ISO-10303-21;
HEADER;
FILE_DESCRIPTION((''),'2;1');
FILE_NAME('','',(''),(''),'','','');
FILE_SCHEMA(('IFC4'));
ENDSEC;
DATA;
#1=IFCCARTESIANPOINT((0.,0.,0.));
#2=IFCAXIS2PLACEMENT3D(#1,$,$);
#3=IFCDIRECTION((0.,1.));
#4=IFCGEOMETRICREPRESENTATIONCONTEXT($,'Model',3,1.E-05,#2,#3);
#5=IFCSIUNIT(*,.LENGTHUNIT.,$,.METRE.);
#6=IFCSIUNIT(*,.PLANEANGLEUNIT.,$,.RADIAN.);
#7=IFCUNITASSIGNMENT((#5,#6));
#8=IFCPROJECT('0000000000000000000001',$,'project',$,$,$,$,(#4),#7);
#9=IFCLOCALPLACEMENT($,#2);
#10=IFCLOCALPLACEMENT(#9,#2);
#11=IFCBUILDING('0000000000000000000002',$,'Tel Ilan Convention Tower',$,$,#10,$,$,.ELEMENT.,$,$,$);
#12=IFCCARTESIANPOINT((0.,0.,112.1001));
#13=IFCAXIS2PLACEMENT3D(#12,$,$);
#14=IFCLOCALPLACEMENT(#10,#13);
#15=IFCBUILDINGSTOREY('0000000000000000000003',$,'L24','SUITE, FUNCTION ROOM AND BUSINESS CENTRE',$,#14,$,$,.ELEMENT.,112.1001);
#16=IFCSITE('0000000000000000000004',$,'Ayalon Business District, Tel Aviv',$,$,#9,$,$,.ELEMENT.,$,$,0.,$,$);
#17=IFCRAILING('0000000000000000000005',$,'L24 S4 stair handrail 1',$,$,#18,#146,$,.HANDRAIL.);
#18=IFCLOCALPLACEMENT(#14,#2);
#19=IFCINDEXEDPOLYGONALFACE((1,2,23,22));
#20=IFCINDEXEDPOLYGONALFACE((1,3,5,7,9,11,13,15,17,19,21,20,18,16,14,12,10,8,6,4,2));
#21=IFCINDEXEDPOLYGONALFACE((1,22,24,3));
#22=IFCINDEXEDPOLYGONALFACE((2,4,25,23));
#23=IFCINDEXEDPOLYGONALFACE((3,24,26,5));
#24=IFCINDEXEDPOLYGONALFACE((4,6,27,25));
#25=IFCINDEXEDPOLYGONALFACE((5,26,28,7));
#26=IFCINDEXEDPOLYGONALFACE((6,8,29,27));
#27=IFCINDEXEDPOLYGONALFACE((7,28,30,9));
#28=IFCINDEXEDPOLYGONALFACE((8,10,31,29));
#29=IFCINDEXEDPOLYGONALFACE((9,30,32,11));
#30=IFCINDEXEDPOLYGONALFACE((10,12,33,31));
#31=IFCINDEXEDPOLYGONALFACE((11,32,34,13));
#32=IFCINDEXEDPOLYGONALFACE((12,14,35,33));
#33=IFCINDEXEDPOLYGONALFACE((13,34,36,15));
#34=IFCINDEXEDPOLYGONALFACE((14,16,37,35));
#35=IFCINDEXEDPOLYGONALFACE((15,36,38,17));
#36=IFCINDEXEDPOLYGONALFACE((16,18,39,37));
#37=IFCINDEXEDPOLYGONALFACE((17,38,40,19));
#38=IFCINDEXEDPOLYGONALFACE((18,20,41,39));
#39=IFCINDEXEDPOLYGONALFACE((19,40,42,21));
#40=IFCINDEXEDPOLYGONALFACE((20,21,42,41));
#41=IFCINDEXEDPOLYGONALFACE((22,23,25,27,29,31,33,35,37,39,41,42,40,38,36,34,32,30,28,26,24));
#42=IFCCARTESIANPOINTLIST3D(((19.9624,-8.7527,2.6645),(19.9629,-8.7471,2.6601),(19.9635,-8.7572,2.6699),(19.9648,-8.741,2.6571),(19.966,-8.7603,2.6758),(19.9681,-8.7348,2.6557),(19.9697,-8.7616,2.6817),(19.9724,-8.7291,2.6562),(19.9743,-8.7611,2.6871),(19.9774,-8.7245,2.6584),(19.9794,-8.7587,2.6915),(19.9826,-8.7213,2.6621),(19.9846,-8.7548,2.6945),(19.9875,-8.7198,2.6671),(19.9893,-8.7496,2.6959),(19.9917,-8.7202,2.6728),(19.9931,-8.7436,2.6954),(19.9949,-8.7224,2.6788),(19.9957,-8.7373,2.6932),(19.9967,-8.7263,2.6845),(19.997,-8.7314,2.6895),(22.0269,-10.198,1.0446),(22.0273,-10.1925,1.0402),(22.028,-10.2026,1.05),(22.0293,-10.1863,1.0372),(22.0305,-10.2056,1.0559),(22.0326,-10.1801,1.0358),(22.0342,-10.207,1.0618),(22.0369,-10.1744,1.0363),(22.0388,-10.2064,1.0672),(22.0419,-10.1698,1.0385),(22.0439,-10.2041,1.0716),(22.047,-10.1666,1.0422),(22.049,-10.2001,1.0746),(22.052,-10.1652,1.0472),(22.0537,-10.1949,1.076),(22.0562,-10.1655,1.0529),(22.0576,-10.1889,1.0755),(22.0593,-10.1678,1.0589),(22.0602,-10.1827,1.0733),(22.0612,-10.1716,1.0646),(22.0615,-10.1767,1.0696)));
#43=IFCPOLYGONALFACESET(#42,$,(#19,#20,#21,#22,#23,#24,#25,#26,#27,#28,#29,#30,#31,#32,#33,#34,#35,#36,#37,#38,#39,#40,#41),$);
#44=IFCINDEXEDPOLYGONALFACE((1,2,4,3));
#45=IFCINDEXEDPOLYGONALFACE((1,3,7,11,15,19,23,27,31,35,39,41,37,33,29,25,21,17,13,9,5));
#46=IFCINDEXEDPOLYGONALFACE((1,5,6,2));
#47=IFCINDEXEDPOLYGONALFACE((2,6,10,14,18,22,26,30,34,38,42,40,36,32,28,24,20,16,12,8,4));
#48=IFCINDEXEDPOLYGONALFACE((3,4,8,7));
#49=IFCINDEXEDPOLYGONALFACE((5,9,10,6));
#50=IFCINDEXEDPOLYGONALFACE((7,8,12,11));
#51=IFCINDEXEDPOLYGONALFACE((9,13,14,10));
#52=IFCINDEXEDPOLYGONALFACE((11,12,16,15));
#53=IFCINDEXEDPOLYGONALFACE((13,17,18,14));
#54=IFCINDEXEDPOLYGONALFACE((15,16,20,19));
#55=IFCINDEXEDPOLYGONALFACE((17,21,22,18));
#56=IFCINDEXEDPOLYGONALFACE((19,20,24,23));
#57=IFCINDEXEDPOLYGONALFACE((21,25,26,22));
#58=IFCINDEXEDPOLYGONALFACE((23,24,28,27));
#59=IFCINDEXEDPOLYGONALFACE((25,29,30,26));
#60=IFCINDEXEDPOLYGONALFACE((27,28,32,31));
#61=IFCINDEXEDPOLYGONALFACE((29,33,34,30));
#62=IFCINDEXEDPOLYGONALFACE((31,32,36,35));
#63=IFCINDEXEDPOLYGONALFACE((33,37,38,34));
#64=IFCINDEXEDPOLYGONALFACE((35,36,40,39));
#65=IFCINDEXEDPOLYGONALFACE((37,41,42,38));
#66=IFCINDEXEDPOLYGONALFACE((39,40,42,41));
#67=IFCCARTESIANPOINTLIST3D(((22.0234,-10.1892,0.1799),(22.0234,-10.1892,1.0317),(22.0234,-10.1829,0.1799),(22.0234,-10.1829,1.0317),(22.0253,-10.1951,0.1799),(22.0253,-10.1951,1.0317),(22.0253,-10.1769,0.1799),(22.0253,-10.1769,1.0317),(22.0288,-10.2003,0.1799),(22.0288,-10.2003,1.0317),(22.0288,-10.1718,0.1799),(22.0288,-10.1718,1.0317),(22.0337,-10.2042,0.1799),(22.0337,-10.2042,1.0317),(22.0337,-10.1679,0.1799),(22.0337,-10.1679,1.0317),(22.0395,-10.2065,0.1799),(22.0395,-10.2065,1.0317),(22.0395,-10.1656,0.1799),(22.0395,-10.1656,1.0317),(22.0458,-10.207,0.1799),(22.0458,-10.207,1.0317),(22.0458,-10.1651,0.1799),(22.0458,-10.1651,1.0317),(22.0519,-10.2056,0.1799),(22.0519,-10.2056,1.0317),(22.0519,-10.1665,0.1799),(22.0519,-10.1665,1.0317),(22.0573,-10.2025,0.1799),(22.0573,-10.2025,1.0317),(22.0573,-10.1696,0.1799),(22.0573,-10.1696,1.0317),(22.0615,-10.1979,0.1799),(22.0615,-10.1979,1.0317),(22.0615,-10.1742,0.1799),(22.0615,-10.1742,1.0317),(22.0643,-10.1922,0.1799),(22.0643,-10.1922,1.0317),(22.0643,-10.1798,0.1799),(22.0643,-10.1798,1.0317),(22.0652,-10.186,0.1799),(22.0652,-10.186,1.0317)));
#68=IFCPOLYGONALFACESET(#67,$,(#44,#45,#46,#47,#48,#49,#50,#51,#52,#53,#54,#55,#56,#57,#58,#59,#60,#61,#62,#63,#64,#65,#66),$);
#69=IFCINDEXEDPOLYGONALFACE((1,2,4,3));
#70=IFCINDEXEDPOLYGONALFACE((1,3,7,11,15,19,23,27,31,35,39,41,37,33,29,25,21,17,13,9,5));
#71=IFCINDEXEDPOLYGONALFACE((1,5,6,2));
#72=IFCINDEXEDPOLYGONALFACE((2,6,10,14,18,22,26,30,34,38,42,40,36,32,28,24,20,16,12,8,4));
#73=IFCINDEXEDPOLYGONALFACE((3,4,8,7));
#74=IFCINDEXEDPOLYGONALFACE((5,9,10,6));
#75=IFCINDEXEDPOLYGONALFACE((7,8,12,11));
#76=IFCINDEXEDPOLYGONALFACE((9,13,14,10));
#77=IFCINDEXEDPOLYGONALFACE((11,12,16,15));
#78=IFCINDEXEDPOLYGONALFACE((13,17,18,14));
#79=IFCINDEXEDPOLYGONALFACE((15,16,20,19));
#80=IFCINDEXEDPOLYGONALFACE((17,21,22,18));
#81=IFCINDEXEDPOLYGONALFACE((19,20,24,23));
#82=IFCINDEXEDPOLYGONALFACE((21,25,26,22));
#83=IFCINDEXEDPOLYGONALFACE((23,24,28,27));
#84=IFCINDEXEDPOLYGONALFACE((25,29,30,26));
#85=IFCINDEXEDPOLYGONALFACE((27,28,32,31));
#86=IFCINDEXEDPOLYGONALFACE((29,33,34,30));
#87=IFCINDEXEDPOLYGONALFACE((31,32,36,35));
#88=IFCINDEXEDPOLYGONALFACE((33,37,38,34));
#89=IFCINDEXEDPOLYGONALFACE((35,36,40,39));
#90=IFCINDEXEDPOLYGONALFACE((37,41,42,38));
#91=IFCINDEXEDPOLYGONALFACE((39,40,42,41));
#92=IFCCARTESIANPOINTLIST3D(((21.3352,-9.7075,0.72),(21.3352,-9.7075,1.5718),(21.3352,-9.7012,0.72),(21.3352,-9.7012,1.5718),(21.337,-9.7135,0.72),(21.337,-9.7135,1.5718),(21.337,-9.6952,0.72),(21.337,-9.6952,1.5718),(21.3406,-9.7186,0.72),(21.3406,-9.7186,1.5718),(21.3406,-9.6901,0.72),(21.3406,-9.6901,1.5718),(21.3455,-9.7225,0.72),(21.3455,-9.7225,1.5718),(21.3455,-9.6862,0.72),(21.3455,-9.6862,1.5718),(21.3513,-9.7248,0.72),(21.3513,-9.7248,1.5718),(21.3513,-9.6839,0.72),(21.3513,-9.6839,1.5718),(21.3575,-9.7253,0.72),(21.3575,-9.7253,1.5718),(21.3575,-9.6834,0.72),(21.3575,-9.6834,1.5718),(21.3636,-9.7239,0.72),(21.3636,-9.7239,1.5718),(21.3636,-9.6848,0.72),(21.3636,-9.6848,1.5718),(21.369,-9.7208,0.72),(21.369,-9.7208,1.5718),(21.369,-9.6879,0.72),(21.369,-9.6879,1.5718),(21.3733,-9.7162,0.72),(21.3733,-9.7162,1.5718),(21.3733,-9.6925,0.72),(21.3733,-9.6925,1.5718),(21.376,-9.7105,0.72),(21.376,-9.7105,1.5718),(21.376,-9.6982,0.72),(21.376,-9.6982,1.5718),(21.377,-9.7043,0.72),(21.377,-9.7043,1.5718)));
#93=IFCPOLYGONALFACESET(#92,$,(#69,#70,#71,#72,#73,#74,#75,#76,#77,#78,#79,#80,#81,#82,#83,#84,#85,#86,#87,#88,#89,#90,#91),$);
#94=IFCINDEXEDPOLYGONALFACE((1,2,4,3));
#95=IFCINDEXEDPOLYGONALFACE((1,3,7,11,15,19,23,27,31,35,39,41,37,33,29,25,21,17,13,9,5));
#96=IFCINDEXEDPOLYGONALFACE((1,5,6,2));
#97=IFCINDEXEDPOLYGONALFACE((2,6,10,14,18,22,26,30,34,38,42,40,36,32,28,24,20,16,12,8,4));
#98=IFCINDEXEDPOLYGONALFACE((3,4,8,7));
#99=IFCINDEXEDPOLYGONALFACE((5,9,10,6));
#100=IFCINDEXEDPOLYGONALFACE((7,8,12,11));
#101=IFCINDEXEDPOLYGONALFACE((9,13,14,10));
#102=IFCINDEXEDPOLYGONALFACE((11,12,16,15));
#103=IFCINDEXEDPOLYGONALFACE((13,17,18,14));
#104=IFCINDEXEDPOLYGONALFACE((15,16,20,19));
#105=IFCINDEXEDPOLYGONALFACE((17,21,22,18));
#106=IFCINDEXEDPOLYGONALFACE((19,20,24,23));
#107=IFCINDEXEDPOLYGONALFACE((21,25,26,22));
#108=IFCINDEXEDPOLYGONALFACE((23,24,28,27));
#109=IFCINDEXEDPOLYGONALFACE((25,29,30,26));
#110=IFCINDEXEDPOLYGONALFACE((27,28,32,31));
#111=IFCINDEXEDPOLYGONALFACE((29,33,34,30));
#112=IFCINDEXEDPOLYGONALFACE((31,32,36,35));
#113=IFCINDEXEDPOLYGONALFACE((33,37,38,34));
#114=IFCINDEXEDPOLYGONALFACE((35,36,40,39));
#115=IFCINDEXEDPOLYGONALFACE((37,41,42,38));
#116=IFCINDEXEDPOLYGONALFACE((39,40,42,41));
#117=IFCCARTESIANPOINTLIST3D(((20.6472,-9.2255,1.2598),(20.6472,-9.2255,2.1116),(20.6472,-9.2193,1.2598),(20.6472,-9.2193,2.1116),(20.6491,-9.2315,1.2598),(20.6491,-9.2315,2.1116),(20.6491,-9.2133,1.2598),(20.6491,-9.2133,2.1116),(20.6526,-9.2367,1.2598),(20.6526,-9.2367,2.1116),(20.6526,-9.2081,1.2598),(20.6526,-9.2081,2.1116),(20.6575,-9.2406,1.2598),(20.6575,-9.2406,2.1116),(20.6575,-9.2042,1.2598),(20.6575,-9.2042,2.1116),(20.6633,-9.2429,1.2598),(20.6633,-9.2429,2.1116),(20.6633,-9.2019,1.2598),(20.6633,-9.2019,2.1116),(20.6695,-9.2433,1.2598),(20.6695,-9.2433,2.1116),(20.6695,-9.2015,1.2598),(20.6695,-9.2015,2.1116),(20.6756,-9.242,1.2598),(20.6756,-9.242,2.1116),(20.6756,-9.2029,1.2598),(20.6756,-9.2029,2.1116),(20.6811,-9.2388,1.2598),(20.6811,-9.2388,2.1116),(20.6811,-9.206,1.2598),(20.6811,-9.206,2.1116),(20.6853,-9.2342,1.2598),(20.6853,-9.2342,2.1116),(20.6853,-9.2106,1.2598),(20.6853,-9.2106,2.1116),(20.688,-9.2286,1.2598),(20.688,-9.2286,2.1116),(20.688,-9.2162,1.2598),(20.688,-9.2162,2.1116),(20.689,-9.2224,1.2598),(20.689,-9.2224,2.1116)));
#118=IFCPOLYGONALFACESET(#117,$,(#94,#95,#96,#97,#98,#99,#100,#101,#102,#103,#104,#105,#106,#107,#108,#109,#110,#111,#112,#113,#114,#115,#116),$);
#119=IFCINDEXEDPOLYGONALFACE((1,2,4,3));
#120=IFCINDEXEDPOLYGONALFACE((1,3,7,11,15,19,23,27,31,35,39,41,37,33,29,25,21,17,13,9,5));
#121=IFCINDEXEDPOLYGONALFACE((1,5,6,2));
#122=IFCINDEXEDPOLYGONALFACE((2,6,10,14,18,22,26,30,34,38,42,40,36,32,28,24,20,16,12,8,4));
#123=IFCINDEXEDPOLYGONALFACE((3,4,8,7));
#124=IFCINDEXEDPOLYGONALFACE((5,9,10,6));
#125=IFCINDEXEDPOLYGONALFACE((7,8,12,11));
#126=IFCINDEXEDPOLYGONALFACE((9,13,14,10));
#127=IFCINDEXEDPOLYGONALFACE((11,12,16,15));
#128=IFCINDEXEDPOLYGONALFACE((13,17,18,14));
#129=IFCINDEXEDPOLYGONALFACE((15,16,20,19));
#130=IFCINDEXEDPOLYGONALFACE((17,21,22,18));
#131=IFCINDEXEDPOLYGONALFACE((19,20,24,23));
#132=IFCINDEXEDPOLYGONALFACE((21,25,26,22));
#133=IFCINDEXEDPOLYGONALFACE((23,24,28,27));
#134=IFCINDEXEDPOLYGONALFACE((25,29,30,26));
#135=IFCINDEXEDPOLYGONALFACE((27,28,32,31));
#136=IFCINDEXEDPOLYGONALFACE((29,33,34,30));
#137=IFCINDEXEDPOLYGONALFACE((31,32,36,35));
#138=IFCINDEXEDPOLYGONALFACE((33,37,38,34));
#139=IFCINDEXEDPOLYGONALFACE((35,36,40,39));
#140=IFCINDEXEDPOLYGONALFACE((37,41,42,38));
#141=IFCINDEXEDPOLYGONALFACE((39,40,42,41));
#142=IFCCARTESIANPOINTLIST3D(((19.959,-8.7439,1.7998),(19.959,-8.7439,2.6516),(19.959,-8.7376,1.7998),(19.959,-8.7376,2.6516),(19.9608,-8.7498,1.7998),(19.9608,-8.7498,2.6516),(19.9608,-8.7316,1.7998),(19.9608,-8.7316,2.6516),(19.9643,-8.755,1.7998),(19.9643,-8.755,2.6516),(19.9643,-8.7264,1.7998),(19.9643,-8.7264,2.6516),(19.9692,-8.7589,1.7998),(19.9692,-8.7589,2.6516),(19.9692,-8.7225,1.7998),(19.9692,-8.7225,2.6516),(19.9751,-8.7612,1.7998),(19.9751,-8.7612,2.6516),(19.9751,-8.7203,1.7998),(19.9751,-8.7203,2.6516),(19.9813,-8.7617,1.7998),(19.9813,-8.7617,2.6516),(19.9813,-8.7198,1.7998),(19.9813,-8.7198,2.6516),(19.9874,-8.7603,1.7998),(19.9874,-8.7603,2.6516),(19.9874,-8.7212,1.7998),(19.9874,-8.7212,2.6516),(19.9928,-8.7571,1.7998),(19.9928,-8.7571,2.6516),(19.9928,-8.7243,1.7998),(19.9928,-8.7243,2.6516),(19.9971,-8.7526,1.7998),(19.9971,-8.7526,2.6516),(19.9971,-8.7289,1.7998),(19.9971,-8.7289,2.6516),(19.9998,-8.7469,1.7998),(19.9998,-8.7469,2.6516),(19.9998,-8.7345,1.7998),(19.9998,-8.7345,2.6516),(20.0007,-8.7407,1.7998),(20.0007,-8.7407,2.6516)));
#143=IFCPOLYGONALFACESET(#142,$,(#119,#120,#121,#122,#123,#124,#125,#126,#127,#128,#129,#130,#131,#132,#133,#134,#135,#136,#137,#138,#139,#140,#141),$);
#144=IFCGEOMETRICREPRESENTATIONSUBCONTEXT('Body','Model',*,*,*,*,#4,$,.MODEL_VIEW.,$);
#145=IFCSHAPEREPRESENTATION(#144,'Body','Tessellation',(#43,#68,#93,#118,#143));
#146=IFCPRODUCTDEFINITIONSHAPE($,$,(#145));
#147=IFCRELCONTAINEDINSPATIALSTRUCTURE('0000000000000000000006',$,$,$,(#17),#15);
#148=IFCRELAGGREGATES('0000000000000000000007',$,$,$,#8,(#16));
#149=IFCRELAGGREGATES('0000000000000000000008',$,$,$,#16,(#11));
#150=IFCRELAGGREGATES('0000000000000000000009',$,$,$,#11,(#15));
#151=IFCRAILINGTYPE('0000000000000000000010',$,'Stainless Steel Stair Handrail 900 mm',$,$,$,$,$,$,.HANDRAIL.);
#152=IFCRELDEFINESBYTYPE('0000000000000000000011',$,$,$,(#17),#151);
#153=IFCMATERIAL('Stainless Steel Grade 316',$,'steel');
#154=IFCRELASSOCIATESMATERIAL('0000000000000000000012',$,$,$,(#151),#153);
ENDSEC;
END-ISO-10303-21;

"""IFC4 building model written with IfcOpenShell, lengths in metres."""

from ifc_helpers import new_model, si_unit, direction, frame, origin, origin_2d, place, context, subcontext, project, spatial, circle, extrude, material, type_object, element, save


model = new_model("IFC4")

# Units and contexts
model_context = context("Model", 3, precision=1e-05, world=origin(), true_north=direction((0.0, 1.0)))
body_context = subcontext(model_context, "Body", "Model", "MODEL_VIEW")
ifc_project = project(units=[si_unit("LENGTHUNIT", "METRE"), si_unit("PLANEANGLEUNIT", "RADIAN")], contexts=[model_context])

# Site, building, storey
site_placement = place(None, origin())
site = spatial("IfcSite", under=ifc_project, at=site_placement, Name="Ayalon Business District, Tel Aviv", CompositionType="ELEMENT", RefElevation=0.0)
building_placement = place(site_placement, origin())
building = spatial("IfcBuilding", under=site, at=building_placement, Name="Tel Ilan Convention Tower", CompositionType="ELEMENT")
storey_placement = place(building_placement, frame((0.0, 0.0, 112.1001)))
storey = spatial("IfcBuildingStorey", under=building, at=storey_placement, Name="L24", Description="SUITE, FUNCTION ROOM AND BUSINESS CENTRE", CompositionType="ELEMENT", Elevation=112.1001)

# Railing
ifc_material_1 = material(Name="Stainless Steel Grade 316", Category="steel")
railing_type_1 = type_object("IfcRailingType", Name="Stainless Steel Stair Handrail 900 mm", PredefinedType="HANDRAIL", material=ifc_material_1)
railing_1_placement = place(storey_placement, frame((22.0442, -10.186, 0.1799)))
element("IfcRailing", 1, at=railing_1_placement, inside=storey, type_object=railing_type_1, Name="L24 S4 stair handrail 1", PredefinedType="HANDRAIL", context=body_context, shape_type="SweptSolid", body=[
    extrude(circle(Radius=0.0239, at=origin_2d()), frame((0.0, 0.0, 0.876), z_axis=(-0.689113, 0.482444, 0.540713), x_axis=(-0.573514, -0.819196, 0.0)), (0.0, 0.0, 1.0), 2.9958),
    extrude(circle(Radius=0.021, at=origin_2d()), origin(), (0.0, 0.0, 1.0), 0.8518),
    extrude(circle(Radius=0.021, at=origin_2d()), frame((-0.6882, 0.4817, 0.54)), (0.0, 0.0, 1.0), 0.8518),
    extrude(circle(Radius=0.021, at=origin_2d()), frame((-1.3762, 0.9636, 1.0798)), (0.0, 0.0, 1.0), 0.8518),
    extrude(circle(Radius=0.021, at=origin_2d()), frame((-2.0645, 1.4453, 1.6199)), (0.0, 0.0, 1.0), 0.8518),
])

save(model, "model.ifc")
